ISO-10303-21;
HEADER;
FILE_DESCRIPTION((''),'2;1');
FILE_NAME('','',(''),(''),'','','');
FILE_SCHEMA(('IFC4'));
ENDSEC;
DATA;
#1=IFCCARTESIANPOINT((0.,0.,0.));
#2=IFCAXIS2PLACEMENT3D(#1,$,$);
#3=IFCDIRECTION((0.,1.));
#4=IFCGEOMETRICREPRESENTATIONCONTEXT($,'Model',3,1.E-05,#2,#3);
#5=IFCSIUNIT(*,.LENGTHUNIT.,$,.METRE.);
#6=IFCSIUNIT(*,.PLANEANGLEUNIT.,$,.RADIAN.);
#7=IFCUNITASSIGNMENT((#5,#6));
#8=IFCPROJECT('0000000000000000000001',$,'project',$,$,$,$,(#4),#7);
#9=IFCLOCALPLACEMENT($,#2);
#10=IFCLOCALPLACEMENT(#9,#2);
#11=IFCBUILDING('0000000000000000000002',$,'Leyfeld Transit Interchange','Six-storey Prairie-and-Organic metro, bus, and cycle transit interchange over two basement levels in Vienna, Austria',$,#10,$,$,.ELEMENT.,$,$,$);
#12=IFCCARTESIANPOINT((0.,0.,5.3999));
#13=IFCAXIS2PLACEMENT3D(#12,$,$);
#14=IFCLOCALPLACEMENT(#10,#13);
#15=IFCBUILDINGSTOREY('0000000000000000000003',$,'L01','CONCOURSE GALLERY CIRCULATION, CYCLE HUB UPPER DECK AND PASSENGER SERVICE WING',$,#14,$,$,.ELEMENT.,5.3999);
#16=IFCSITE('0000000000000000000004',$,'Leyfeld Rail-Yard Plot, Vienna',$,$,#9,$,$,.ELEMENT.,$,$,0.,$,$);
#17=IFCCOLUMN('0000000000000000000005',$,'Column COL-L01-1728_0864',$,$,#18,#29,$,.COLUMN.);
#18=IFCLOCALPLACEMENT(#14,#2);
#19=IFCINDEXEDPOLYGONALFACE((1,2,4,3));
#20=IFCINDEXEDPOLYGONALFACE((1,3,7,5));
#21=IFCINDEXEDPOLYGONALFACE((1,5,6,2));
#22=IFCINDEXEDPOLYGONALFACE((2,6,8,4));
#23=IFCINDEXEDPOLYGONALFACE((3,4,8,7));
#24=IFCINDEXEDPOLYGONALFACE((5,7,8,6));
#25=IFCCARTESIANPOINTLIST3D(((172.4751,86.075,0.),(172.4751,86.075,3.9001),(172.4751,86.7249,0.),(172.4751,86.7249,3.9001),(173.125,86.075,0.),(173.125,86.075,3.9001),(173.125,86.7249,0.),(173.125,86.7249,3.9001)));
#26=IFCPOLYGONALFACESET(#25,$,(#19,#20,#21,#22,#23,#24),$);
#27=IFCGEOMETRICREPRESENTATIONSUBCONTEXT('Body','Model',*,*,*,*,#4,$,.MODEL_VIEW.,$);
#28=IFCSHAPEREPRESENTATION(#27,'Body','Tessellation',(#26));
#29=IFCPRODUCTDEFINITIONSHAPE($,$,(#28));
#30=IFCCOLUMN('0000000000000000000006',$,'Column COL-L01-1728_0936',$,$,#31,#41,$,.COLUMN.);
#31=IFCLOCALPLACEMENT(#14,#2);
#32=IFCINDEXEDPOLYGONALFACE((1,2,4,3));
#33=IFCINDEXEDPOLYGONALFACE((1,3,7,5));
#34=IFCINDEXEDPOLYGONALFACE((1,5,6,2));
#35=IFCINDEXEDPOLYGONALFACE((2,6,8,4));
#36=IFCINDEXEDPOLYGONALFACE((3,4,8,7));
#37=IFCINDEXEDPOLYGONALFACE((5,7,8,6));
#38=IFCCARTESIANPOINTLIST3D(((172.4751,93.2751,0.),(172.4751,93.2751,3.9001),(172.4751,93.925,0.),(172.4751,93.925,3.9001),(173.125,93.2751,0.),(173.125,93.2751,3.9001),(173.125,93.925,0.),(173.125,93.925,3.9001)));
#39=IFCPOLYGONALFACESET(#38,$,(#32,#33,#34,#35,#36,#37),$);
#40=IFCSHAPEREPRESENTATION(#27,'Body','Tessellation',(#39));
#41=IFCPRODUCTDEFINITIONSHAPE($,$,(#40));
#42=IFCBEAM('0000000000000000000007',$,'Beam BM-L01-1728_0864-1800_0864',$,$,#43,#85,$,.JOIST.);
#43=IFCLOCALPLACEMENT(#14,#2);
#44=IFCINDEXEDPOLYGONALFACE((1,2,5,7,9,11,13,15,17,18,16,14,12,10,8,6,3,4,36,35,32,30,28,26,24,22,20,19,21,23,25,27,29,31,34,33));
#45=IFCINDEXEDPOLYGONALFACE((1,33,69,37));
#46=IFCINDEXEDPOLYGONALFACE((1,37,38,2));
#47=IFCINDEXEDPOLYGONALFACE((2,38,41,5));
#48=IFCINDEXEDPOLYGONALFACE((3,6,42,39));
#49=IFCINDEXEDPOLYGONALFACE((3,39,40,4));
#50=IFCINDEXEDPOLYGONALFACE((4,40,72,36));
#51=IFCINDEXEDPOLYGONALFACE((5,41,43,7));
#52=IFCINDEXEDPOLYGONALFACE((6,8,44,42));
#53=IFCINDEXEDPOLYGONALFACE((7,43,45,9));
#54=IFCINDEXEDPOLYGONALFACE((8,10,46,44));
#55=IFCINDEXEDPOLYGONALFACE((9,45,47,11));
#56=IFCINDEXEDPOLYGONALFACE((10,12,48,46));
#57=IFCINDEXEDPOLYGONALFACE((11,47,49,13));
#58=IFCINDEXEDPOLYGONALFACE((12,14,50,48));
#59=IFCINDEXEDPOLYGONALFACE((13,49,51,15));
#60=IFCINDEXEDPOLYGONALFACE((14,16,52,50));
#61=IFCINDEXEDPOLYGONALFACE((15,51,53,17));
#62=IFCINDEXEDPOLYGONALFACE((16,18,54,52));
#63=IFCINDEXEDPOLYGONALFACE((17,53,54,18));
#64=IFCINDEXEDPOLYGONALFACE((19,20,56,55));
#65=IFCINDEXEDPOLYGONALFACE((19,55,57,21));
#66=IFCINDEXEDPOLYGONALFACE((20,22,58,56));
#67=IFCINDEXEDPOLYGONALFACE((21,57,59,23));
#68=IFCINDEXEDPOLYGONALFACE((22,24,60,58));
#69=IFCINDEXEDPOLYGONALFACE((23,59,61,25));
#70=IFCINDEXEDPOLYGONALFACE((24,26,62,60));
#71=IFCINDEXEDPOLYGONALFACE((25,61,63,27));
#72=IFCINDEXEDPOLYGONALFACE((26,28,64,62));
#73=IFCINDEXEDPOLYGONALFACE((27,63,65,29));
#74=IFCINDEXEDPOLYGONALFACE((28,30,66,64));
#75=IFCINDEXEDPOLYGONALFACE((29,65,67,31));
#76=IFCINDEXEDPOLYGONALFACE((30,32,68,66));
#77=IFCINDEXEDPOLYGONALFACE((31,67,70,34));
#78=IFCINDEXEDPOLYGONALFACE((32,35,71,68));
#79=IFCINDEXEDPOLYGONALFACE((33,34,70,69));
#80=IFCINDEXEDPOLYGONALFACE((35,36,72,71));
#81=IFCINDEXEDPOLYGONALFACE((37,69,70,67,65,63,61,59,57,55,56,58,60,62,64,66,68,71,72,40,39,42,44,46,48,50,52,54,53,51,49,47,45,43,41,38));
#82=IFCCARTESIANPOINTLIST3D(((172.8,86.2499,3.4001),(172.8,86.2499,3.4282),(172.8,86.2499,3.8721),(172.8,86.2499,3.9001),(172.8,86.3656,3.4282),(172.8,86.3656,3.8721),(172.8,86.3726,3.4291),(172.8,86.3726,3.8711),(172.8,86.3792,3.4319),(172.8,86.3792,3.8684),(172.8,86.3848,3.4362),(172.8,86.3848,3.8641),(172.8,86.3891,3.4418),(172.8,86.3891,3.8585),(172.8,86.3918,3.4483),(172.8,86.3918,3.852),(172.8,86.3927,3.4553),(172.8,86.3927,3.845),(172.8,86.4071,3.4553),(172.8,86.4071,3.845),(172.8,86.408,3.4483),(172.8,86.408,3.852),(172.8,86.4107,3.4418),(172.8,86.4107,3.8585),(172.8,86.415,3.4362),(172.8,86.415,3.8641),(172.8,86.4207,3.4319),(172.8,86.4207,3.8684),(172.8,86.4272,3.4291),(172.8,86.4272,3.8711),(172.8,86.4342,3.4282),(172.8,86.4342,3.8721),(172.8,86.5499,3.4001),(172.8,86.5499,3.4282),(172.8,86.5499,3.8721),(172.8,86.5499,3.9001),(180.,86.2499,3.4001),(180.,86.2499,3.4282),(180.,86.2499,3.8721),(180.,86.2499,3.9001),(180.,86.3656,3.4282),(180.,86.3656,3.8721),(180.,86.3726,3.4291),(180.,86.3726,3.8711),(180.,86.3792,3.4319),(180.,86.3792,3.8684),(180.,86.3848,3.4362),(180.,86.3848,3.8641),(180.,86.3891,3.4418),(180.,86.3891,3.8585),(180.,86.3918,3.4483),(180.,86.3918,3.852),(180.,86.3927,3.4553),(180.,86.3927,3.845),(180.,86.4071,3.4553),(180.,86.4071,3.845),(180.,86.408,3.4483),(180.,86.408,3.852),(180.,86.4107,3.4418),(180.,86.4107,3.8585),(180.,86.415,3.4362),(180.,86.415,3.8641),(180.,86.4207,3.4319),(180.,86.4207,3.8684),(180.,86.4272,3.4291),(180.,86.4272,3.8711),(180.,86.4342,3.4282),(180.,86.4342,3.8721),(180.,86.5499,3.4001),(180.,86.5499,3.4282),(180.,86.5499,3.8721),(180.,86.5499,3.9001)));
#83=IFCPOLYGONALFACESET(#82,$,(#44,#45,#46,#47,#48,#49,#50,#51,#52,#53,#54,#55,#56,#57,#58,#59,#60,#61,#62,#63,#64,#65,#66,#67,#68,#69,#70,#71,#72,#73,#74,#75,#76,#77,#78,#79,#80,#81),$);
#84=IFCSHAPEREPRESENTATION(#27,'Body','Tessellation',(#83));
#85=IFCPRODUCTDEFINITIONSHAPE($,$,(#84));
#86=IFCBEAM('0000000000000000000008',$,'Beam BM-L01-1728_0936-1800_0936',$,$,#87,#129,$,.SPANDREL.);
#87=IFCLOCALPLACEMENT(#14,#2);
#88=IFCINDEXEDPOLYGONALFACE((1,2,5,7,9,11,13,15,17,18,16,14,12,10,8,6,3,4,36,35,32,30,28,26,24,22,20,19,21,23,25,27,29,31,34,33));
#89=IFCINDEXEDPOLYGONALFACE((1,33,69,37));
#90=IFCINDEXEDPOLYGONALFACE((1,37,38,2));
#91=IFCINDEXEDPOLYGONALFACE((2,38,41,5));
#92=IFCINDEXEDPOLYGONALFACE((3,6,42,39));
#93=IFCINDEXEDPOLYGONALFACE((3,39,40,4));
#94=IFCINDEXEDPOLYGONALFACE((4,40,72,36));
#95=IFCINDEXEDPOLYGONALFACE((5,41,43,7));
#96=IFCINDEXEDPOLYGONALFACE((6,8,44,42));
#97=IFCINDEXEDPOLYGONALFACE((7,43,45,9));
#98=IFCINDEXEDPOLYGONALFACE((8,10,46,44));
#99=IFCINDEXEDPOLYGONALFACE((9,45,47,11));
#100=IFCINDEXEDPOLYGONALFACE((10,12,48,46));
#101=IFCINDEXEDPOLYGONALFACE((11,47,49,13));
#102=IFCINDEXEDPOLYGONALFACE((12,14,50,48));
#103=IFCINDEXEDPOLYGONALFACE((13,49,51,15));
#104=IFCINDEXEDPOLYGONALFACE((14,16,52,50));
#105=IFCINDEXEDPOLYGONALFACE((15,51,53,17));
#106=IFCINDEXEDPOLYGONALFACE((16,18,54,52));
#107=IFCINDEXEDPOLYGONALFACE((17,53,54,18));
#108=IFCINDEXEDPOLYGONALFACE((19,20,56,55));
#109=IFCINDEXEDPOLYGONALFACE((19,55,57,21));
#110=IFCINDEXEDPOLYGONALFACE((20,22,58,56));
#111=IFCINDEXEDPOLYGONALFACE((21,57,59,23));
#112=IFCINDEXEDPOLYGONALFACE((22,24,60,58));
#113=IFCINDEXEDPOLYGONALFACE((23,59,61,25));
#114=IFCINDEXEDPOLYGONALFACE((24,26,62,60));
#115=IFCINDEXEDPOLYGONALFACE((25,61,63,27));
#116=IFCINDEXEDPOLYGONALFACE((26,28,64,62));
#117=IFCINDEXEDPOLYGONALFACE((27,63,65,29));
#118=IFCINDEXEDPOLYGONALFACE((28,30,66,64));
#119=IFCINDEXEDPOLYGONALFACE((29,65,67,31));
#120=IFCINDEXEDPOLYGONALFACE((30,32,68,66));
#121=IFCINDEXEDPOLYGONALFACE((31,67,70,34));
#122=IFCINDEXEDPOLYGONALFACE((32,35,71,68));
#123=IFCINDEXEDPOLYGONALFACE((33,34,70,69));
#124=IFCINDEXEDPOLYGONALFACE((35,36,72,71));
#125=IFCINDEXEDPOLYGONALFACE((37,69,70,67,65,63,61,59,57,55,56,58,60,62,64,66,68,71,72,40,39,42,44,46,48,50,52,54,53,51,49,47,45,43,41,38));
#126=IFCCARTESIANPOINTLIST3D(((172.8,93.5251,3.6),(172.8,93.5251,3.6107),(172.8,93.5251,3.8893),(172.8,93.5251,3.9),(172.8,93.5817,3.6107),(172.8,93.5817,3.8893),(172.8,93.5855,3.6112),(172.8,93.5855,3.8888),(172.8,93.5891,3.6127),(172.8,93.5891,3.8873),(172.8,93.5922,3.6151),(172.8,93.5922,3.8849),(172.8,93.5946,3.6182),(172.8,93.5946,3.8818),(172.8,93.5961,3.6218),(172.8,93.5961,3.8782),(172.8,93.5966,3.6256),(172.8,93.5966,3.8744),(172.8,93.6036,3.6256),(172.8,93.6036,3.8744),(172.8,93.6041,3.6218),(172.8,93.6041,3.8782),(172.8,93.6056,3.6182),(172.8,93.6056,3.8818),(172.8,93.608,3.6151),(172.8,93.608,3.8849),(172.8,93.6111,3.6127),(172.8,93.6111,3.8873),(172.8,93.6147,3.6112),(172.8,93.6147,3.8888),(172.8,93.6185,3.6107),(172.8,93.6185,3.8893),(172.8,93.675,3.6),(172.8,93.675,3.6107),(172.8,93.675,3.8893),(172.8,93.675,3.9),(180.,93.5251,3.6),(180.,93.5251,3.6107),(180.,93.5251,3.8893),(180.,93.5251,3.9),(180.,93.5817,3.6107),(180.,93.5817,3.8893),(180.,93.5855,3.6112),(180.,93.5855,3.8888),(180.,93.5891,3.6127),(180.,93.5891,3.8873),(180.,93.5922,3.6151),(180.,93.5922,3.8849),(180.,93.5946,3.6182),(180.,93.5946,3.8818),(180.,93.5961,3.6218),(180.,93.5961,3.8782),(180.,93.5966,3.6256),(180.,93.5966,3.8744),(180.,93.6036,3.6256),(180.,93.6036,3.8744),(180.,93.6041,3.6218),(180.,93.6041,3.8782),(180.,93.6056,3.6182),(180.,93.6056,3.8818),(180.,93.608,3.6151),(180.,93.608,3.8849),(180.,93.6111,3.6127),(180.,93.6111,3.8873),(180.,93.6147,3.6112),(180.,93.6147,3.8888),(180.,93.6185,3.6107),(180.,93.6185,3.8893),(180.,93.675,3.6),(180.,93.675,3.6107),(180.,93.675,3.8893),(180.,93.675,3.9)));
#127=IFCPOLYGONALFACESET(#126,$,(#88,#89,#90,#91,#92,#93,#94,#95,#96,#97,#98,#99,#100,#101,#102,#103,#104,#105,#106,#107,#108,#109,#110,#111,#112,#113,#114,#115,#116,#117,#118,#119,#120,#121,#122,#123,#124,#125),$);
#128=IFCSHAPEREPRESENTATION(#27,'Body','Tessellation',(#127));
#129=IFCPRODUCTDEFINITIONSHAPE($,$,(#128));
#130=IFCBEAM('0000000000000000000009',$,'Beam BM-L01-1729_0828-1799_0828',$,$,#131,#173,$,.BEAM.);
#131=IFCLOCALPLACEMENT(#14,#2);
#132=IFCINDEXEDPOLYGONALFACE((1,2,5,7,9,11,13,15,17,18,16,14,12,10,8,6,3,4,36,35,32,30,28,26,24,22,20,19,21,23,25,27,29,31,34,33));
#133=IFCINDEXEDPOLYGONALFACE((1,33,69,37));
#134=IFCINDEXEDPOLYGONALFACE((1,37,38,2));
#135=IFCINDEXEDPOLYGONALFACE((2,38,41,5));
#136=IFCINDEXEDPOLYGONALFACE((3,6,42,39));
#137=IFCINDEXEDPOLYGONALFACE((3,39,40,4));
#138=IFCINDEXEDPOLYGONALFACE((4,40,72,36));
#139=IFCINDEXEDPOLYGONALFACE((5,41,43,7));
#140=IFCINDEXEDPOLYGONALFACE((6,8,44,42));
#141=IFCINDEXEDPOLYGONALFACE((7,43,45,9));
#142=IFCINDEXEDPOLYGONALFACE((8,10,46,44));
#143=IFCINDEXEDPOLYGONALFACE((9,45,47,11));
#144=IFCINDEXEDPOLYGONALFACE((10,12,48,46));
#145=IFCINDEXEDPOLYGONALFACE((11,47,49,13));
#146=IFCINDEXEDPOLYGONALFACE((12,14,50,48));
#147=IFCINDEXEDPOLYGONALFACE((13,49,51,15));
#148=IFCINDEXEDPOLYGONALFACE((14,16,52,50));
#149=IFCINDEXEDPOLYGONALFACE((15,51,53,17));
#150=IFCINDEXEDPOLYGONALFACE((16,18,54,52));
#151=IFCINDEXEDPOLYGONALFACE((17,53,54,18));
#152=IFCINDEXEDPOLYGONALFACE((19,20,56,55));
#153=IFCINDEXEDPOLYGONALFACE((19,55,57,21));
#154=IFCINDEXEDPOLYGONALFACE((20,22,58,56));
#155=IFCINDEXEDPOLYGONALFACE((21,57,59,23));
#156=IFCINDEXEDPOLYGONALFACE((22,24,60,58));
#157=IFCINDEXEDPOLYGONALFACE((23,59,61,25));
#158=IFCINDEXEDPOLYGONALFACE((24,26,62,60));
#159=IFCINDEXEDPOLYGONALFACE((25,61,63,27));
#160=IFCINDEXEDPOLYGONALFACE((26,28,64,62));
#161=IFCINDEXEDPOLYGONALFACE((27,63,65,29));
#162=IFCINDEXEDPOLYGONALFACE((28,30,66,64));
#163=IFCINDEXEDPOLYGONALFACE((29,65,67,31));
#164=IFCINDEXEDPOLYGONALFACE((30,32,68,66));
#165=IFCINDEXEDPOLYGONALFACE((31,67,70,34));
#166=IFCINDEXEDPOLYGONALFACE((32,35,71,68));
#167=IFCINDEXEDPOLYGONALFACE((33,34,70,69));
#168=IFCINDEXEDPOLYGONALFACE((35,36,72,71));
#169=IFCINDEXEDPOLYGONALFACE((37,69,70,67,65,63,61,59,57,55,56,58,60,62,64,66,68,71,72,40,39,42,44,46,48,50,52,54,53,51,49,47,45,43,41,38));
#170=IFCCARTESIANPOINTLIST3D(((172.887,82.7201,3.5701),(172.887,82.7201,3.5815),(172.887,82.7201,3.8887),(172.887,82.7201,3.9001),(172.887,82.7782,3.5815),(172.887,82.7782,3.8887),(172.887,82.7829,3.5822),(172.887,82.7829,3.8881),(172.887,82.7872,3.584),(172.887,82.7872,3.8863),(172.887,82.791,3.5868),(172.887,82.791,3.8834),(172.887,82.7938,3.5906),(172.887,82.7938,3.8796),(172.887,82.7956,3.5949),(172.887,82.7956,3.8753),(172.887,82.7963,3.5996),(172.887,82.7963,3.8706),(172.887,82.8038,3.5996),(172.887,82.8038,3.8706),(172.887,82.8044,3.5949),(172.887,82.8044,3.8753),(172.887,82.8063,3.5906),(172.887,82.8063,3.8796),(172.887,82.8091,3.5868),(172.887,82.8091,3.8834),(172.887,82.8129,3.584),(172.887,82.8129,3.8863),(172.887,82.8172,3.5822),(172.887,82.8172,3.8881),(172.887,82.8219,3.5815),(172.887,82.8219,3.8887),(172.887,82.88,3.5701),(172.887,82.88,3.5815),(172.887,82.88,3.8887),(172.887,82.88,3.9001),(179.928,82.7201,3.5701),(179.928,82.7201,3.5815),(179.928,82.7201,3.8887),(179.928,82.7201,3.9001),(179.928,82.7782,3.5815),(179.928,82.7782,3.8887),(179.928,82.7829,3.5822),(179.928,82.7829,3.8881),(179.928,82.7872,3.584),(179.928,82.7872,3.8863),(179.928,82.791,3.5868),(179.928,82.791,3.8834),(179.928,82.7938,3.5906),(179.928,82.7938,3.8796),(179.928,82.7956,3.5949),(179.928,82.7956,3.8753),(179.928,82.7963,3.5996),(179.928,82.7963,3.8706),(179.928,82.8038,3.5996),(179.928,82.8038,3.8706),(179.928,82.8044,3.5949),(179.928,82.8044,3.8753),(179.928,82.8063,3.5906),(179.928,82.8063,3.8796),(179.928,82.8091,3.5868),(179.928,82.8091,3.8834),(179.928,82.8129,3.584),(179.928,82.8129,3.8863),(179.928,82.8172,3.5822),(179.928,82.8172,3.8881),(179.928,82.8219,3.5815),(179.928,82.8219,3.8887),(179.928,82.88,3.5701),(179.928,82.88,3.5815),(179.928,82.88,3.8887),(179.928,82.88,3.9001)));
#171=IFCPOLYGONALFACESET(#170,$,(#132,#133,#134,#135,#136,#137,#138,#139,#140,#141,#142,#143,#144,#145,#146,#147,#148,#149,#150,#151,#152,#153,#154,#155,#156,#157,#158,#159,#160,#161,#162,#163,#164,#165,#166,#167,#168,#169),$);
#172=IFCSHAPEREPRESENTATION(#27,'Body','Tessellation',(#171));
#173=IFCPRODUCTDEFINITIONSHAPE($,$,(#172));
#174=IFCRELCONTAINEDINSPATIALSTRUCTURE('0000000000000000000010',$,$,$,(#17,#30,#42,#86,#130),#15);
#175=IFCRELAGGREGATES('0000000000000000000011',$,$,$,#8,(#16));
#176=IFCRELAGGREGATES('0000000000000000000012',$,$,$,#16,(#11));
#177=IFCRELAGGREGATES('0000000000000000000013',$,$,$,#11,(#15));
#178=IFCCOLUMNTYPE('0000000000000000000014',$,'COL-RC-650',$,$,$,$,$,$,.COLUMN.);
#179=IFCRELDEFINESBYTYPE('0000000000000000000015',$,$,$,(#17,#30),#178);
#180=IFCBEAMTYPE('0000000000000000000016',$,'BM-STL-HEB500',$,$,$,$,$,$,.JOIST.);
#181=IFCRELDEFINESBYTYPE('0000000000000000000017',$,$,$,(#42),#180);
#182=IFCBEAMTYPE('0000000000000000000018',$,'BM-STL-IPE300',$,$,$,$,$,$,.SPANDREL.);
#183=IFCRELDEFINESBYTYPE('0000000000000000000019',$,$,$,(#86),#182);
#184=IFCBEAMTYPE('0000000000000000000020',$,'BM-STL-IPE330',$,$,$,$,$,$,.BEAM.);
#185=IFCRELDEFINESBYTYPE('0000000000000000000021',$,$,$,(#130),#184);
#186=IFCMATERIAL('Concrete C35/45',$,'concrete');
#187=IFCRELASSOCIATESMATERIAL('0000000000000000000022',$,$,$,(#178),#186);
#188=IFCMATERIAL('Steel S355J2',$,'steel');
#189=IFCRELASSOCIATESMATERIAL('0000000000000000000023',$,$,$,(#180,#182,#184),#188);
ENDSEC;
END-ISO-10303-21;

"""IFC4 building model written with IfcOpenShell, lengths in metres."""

from ifc_helpers import new_model, si_unit, direction, frame, origin, origin_2d, place, context, subcontext, project, spatial, rectangle, i_section, extrude, material, material_profile, profile_set, type_object, element, save


model = new_model("IFC4")

# Units and contexts
model_context = context("Model", 3, precision=1e-05, world=origin(), true_north=direction((0.0, 1.0)))
body_context = subcontext(model_context, "Body", "Model", "MODEL_VIEW")
ifc_project = project(units=[si_unit("LENGTHUNIT", "METRE"), si_unit("PLANEANGLEUNIT", "RADIAN")], contexts=[model_context])

# Site, building, storey
site_placement = place(None, origin())
site = spatial("IfcSite", under=ifc_project, at=site_placement, Name="Leyfeld Rail-Yard Plot, Vienna", CompositionType="ELEMENT", RefElevation=0.0)
building_placement = place(site_placement, origin())
building = spatial("IfcBuilding", under=site, at=building_placement, Name="Leyfeld Transit Interchange", Description="Six-storey Prairie-and-Organic metro, bus, and cycle transit interchange over two basement levels in Vienna, Austria", CompositionType="ELEMENT")
storey_placement = place(building_placement, frame((0.0, 0.0, 5.3999)))
storey = spatial("IfcBuildingStorey", under=building, at=storey_placement, Name="L01", Description="CONCOURSE GALLERY CIRCULATION, CYCLE HUB UPPER DECK AND PASSENGER SERVICE WING", CompositionType="ELEMENT", Elevation=5.3999)

# Columns
ifc_material_1 = material(Name="Concrete C35/45", Category="concrete")
ifc_material_profile_1 = material_profile(ifc_material_1, rectangle(XDim=0.6499, YDim=0.6499, at=origin_2d()), Name="RC 650x650")
ifc_profile_set_1 = profile_set([ifc_material_profile_1], Name="Concrete C35/45")
column_type = type_object("IfcColumnType", Name="COL-RC-650", PredefinedType="COLUMN", material=ifc_profile_set_1)
for number, where, z_axis, x_axis, name in (
    (1, (172.8, 86.3999, 0.0), (0.0, 0.0, 1.0), (1.0, 0.0, 0.0), "Column COL-L01-1728_0864"),
    (2, (172.8, 93.6001, 0.0), (0.0, 0.0, 1.0), (1.0, 0.0, 0.0), "Column COL-L01-1728_0936"),
):
    element("IfcColumn", number, at=place(storey_placement, frame(where, z_axis=z_axis, x_axis=x_axis)), inside=storey, type_object=column_type, Name=name, PredefinedType="COLUMN", context=body_context, shape_type="SweptSolid", body=[
        extrude(rectangle(XDim=0.6499, YDim=0.6499, at=origin_2d()), origin(), (0.0, 0.0, 1.0), 3.9001),
    ])

# Beams
ifc_material_2 = material(Name="Steel S355J2", Category="steel")
ifc_material_profile_2 = material_profile(ifc_material_2, i_section(OverallWidth=0.3, OverallDepth=0.5, WebThickness=0.0144, FlangeThickness=0.0281, FilletRadius=0.0271, at=origin_2d()), Name="HEB 500")
ifc_profile_set_2 = profile_set([ifc_material_profile_2], Name="Steel S355J2")
beam_type_1 = type_object("IfcBeamType", Name="BM-STL-HEB500", PredefinedType="JOIST", material=ifc_profile_set_2)
beam_1_placement = place(storey_placement, frame((172.8, 86.3999, 3.6501), z_axis=(1.0, 0.0, 0.0), x_axis=(0.0, 1.0, 0.0)))
element("IfcBeam", 3, at=beam_1_placement, inside=storey, type_object=beam_type_1, Name="Beam BM-L01-1728_0864-1800_0864", PredefinedType="JOIST", context=body_context, shape_type="SweptSolid", body=[
    extrude(i_section(OverallWidth=0.3, OverallDepth=0.5, WebThickness=0.0144, FlangeThickness=0.0281, FilletRadius=0.0271, at=origin_2d()), origin(), (0.0, 0.0, 1.0), 7.2),
])
ifc_material_profile_3 = material_profile(ifc_material_2, i_section(OverallWidth=0.1499, OverallDepth=0.3, WebThickness=0.0071, FlangeThickness=0.0107, FilletRadius=0.0149, at=origin_2d()), Name="IPE 300")
ifc_profile_set_3 = profile_set([ifc_material_profile_3], Name="Steel S355J2")
beam_type_2 = type_object("IfcBeamType", Name="BM-STL-IPE300", PredefinedType="SPANDREL", material=ifc_profile_set_3)
beam_2_placement = place(storey_placement, frame((172.8, 93.6001, 3.75), z_axis=(1.0, 0.0, 0.0), x_axis=(0.0, 1.0, 0.0)))
element("IfcBeam", 4, at=beam_2_placement, inside=storey, type_object=beam_type_2, Name="Beam BM-L01-1728_0936-1800_0936", PredefinedType="SPANDREL", context=body_context, shape_type="SweptSolid", body=[
    extrude(i_section(OverallWidth=0.1499, OverallDepth=0.3, WebThickness=0.0071, FlangeThickness=0.0107, FilletRadius=0.0149, at=origin_2d()), origin(), (0.0, 0.0, 1.0), 7.2),
])
ifc_material_profile_4 = material_profile(ifc_material_2, i_section(OverallWidth=0.1599, OverallDepth=0.3301, WebThickness=0.0076, FlangeThickness=0.0115, FilletRadius=0.0181, at=origin_2d()), Name="IPE 330")
ifc_profile_set_4 = profile_set([ifc_material_profile_4], Name="Steel S355J2")
beam_type_3 = type_object("IfcBeamType", Name="BM-STL-IPE330", PredefinedType="BEAM", material=ifc_profile_set_4)
beam_3_placement = place(storey_placement, frame((172.887, 82.8, 3.7351), z_axis=(1.0, 0.0, 0.0), x_axis=(0.0, 1.0, 0.0)))
element("IfcBeam", 5, at=beam_3_placement, inside=storey, type_object=beam_type_3, Name="Beam BM-L01-1729_0828-1799_0828", PredefinedType="BEAM", context=body_context, shape_type="SweptSolid", body=[
    extrude(i_section(OverallWidth=0.1599, OverallDepth=0.3301, WebThickness=0.0076, FlangeThickness=0.0115, FilletRadius=0.0181, at=origin_2d()), origin(), (0.0, 0.0, 1.0), 7.041),
])

save(model, "model.ifc")
